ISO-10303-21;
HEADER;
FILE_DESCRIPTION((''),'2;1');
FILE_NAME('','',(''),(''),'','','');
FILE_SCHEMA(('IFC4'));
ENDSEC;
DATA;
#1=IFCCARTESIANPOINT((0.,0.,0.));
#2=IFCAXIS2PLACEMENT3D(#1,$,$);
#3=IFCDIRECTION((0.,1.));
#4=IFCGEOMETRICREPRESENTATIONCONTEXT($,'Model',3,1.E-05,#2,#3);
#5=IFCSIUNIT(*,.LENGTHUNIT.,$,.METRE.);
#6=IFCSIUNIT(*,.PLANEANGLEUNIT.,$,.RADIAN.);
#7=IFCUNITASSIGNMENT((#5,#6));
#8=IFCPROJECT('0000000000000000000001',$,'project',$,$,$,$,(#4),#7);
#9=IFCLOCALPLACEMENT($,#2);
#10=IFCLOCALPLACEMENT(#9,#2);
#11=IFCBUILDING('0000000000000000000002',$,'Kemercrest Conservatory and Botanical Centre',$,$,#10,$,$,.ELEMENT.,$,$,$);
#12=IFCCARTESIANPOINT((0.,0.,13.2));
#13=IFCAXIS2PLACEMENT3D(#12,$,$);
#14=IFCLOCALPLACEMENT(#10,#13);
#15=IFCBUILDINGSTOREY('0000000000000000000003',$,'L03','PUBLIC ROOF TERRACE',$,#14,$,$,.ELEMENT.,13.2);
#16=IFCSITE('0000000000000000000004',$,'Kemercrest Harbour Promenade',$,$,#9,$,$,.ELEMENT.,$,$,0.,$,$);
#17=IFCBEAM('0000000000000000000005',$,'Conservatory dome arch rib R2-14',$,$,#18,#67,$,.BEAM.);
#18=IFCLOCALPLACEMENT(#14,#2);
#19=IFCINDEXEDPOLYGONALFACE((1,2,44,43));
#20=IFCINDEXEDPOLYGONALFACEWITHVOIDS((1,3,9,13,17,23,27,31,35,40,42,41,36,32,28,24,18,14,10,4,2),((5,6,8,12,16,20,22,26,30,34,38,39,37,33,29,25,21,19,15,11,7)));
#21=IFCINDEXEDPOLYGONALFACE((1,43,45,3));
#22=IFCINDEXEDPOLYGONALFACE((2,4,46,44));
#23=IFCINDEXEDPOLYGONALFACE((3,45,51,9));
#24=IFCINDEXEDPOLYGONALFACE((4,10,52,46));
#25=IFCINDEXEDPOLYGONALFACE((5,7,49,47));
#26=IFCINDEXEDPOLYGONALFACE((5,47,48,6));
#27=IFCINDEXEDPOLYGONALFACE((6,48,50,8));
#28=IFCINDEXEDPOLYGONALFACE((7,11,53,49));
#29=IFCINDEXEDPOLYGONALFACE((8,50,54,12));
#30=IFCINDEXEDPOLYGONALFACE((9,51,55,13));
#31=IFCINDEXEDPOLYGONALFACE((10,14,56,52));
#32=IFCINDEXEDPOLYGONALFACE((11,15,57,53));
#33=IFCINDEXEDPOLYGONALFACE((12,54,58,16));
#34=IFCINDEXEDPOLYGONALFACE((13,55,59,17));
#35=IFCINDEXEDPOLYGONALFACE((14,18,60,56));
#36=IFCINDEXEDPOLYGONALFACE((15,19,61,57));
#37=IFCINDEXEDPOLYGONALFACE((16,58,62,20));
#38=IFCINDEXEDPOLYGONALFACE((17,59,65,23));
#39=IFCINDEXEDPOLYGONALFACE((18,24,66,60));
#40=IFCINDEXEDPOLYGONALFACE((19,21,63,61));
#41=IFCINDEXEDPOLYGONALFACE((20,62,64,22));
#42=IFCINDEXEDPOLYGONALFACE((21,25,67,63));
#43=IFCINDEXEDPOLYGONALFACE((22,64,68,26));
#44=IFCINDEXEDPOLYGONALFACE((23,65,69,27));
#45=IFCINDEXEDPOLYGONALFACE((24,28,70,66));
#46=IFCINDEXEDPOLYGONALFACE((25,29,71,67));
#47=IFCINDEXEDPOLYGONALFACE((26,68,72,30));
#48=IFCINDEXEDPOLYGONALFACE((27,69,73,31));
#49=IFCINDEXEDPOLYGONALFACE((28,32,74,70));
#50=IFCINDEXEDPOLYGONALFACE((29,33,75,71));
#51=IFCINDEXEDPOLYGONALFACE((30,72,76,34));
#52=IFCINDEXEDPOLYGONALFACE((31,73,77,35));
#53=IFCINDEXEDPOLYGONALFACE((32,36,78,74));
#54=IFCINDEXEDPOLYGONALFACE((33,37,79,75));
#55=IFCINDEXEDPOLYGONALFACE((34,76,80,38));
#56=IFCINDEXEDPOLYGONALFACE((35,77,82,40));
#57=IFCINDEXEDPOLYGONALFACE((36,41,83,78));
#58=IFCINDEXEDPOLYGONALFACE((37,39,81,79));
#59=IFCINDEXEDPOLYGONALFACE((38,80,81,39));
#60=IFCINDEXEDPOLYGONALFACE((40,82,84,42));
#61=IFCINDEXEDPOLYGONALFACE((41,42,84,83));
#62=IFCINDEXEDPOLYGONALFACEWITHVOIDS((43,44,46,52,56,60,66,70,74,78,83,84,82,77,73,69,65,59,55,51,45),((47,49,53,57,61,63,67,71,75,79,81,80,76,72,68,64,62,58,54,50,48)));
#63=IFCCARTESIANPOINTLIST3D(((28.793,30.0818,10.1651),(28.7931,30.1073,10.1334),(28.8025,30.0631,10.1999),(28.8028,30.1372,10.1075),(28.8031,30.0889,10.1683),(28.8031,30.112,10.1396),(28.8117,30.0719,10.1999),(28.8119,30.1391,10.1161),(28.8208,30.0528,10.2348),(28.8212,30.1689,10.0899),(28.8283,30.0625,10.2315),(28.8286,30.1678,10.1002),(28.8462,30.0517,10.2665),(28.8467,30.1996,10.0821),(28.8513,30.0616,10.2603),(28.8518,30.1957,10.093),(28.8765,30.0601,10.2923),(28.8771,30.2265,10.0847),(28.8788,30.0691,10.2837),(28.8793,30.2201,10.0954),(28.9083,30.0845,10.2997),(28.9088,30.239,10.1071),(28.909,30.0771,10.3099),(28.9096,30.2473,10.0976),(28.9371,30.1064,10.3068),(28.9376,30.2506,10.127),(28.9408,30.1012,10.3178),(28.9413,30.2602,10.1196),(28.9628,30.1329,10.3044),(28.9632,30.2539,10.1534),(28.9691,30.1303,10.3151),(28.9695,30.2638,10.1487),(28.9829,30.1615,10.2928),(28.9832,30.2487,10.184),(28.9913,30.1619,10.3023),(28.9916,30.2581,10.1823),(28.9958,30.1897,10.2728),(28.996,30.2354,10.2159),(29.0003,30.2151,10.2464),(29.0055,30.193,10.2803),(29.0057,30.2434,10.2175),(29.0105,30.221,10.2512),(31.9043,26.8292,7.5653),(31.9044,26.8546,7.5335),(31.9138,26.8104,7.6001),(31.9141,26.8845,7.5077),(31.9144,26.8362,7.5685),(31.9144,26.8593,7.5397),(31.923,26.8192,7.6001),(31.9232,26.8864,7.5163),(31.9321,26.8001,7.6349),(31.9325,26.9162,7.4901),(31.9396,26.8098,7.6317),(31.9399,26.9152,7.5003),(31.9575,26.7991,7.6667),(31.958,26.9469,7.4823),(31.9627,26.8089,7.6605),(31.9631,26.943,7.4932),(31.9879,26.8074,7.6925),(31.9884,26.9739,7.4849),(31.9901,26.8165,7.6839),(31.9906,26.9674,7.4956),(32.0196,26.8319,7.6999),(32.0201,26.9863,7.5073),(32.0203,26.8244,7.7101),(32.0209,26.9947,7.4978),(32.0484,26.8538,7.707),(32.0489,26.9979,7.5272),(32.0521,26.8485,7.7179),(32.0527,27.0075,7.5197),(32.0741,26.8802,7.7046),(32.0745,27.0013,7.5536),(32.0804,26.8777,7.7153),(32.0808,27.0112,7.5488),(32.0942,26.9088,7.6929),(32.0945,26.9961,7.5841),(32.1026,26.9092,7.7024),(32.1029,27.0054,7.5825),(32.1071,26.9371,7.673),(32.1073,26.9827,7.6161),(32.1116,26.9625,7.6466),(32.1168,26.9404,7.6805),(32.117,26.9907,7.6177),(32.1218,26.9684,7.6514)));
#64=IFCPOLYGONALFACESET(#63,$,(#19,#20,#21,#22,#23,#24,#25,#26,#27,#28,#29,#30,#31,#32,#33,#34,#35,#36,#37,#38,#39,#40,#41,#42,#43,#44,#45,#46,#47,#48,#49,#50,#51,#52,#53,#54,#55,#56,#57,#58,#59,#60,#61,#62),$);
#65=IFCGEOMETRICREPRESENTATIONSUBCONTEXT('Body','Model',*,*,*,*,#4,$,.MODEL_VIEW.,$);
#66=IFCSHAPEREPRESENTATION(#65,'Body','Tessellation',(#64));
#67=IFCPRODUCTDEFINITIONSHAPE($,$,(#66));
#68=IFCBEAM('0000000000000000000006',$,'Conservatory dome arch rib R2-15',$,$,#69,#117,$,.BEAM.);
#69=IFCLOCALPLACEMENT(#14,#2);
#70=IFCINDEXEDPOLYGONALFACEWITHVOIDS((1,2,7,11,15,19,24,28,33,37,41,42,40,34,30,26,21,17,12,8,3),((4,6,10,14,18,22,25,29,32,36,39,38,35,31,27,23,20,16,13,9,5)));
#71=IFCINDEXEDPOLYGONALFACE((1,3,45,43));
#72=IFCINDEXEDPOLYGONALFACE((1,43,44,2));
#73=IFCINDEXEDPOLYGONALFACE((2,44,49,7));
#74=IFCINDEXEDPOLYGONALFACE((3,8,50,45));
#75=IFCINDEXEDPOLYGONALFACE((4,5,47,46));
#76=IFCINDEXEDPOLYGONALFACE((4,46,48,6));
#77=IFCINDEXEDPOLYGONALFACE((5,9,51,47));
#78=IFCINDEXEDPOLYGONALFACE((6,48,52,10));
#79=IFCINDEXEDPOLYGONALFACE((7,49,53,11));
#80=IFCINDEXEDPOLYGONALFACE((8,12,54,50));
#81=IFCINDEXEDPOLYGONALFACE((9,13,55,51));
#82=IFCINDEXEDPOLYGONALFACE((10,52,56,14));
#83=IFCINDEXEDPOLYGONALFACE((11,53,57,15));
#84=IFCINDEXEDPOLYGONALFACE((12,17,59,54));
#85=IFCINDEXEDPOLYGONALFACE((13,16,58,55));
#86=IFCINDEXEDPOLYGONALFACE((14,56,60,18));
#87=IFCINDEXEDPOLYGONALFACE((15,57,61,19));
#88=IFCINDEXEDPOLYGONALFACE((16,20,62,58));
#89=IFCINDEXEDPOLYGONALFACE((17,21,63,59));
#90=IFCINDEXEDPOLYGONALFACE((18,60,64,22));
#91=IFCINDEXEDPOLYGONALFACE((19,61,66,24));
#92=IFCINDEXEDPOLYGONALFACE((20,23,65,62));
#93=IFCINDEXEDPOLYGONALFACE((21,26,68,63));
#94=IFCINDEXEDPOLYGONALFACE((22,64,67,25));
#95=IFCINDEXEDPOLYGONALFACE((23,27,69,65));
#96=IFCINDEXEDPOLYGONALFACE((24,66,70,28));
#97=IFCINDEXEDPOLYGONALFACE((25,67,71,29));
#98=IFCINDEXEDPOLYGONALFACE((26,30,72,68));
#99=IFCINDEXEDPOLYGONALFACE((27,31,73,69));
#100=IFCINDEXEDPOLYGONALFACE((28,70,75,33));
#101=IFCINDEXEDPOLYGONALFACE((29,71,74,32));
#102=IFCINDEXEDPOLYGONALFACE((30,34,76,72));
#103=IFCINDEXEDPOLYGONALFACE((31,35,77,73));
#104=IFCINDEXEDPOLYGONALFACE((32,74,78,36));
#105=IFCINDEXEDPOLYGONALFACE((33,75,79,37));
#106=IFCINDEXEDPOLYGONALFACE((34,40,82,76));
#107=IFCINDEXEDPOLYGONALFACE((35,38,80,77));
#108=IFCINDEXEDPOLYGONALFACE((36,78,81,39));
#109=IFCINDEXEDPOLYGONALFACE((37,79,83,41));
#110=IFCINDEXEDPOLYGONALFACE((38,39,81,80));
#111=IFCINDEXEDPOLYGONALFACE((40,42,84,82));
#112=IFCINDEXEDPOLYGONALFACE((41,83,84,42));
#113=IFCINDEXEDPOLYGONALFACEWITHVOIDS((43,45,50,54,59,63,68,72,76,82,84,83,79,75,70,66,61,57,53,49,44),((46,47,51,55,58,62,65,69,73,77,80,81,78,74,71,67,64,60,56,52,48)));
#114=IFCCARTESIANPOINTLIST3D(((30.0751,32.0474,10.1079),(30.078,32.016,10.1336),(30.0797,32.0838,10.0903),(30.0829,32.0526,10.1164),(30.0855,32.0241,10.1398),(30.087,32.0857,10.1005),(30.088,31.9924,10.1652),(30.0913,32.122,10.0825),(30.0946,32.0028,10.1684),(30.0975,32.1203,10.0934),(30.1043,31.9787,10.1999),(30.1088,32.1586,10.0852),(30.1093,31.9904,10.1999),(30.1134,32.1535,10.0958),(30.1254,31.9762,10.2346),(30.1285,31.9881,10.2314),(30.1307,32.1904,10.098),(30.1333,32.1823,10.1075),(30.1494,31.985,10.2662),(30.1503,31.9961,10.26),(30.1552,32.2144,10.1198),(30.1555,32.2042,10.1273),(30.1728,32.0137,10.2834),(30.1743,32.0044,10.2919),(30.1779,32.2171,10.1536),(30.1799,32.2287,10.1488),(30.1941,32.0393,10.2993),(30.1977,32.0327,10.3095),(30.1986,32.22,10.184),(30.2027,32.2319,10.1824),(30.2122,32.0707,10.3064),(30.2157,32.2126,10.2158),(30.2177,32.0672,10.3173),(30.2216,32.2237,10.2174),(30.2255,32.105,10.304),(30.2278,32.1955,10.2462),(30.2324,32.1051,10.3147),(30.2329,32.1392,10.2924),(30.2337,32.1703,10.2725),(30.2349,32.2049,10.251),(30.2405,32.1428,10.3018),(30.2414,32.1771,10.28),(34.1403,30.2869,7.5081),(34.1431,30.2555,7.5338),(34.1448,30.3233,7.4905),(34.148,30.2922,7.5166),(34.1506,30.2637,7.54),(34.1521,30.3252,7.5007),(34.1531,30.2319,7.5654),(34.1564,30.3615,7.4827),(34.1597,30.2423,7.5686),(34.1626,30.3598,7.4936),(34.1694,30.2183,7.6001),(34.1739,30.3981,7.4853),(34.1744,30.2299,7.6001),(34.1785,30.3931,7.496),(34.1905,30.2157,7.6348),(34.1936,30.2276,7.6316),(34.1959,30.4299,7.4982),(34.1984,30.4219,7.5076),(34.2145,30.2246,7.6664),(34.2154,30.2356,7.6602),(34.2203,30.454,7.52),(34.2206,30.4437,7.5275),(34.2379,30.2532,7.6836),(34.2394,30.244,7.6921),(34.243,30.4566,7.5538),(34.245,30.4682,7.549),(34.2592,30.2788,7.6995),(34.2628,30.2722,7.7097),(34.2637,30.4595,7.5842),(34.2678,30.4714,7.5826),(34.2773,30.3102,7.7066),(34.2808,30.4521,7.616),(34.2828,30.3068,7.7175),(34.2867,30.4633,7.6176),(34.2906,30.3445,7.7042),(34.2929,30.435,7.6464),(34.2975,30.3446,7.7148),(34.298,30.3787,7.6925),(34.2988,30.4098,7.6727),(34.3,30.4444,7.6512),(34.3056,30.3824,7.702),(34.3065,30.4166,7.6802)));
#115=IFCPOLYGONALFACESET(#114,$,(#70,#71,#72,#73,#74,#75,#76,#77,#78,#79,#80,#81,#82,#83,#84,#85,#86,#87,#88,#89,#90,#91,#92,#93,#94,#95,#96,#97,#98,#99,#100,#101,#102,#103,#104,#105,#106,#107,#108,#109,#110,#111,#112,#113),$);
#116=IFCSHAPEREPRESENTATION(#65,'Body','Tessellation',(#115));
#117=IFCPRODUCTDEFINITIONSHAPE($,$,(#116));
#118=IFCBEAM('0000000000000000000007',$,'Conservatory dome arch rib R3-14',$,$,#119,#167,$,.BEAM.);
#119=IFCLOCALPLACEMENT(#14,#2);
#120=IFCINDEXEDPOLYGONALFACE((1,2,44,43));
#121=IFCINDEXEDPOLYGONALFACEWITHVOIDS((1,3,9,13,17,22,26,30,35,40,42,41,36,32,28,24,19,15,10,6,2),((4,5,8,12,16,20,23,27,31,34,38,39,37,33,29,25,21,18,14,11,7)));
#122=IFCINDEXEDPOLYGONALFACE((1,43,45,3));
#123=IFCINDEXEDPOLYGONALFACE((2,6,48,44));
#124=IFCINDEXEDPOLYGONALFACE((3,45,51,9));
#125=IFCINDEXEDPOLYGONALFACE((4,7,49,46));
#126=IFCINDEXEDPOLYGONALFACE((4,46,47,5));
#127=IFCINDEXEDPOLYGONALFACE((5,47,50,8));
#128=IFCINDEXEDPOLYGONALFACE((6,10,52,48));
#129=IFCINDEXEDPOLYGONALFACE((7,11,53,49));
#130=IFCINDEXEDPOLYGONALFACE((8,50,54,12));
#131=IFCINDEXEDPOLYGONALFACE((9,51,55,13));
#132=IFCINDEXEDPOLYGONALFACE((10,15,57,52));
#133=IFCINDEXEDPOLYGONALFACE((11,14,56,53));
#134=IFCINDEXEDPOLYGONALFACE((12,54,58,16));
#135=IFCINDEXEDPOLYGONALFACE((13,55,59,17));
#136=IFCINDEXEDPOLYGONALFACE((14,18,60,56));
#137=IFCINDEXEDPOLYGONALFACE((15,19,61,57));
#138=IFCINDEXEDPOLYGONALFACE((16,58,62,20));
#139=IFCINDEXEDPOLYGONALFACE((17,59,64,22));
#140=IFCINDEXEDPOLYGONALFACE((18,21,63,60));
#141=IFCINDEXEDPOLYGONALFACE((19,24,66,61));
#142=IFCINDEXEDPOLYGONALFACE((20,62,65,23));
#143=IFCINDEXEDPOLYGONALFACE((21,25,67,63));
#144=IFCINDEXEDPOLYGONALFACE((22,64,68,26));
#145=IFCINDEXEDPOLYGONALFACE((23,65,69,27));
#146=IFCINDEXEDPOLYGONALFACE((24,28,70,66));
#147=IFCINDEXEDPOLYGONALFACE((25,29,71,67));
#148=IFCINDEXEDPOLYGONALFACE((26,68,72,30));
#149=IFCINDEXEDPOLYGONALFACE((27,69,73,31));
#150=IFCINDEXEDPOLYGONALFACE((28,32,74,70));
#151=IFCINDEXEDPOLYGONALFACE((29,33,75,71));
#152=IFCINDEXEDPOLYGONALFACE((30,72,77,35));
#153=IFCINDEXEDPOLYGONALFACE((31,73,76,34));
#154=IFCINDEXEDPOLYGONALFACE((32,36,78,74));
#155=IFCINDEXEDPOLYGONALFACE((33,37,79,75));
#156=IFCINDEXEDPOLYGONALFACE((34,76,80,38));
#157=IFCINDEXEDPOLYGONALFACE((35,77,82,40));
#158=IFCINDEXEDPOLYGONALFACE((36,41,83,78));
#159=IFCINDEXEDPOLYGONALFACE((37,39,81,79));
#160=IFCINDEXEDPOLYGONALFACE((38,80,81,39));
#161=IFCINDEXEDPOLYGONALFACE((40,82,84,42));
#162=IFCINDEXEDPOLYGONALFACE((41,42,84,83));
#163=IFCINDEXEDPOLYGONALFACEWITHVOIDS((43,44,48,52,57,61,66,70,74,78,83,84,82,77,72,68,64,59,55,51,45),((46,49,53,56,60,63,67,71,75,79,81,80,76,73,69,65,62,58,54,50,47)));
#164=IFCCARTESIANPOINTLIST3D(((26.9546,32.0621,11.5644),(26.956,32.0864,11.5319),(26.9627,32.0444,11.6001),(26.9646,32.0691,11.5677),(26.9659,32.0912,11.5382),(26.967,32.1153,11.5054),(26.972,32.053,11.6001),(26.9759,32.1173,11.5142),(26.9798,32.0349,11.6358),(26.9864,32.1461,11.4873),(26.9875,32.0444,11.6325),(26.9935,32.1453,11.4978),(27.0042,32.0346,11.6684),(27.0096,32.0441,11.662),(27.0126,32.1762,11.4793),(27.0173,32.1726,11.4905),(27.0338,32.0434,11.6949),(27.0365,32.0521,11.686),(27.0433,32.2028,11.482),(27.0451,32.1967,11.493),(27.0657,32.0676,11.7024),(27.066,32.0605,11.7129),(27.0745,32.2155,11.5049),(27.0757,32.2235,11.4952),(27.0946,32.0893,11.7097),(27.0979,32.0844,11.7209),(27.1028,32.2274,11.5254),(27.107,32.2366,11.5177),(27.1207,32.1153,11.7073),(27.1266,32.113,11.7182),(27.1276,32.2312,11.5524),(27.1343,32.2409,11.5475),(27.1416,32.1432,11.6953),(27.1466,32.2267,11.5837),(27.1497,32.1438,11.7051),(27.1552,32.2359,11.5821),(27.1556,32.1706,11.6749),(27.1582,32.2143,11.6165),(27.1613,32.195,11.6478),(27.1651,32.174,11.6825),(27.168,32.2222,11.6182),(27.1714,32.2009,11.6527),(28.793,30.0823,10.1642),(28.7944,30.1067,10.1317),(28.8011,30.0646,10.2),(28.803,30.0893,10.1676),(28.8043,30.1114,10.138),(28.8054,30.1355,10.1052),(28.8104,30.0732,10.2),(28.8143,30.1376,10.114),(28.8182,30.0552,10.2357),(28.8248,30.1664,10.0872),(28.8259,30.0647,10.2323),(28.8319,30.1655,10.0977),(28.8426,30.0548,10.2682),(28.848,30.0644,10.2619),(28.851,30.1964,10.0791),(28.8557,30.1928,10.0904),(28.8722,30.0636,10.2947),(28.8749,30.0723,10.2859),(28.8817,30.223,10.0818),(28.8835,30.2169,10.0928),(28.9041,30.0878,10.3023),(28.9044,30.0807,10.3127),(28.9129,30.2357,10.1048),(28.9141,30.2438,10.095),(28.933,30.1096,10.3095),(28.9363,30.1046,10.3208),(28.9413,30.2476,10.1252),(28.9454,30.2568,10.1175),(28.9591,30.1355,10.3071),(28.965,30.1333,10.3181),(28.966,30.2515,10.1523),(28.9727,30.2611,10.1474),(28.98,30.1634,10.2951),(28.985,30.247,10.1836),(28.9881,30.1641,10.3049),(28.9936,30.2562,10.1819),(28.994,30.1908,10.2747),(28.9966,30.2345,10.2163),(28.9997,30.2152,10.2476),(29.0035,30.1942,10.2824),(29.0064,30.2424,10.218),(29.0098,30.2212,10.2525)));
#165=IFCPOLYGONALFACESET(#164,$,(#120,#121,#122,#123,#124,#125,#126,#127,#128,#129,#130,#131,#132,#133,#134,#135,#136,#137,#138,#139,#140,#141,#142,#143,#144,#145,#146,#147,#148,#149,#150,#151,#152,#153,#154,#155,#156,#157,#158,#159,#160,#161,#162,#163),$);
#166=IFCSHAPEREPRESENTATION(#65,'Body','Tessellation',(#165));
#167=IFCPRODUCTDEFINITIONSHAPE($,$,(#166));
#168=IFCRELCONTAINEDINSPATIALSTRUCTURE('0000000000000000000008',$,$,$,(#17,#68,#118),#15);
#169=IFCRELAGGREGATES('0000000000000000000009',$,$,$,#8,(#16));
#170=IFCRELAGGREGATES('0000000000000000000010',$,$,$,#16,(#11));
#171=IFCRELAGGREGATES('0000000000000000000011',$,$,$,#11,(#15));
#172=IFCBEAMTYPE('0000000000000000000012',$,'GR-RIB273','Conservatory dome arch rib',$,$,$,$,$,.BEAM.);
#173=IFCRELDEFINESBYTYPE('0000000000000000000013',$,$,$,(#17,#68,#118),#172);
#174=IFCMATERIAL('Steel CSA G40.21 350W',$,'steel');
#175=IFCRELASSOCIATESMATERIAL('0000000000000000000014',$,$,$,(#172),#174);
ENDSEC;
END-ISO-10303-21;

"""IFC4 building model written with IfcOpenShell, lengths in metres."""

from ifc_helpers import new_model, si_unit, direction, frame, origin, origin_2d, place, context, subcontext, project, spatial, hollow_circle, extrude, material, material_profile, profile_set, type_object, element, save


model = new_model("IFC4")

# Units and contexts
model_context = context("Model", 3, precision=1e-05, world=origin(), true_north=direction((0.0, 1.0)))
body_context = subcontext(model_context, "Body", "Model", "MODEL_VIEW")
ifc_project = project(units=[si_unit("LENGTHUNIT", "METRE"), si_unit("PLANEANGLEUNIT", "RADIAN")], contexts=[model_context])

# Site, building, storey
site_placement = place(None, origin())
site = spatial("IfcSite", under=ifc_project, at=site_placement, Name="Kemercrest Harbour Promenade", CompositionType="ELEMENT", RefElevation=0.0)
building_placement = place(site_placement, origin())
building = spatial("IfcBuilding", under=site, at=building_placement, Name="Kemercrest Conservatory and Botanical Centre", CompositionType="ELEMENT")
storey_placement = place(building_placement, frame((0.0, 0.0, 13.2)))
storey = spatial("IfcBuildingStorey", under=building, at=storey_placement, Name="L03", Description="PUBLIC ROOF TERRACE", CompositionType="ELEMENT", Elevation=13.2)

# Beams
ifc_material_1 = material(Name="Steel CSA G40.21 350W", Category="steel")
ifc_material_profile_1 = material_profile(ifc_material_1, hollow_circle(Radius=0.1365, WallThickness=0.0127, at=origin_2d()), Name="CHS 273.1x12.7")
ifc_profile_set_1 = profile_set([ifc_material_profile_1], Name="Steel CSA G40.21 350W")
beam_type_1 = type_object("IfcBeamType", Name="GR-RIB273", Description="Conservatory dome arch rib", PredefinedType="BEAM", material=ifc_profile_set_1)
beam_1_placement = place(storey_placement, frame((32.0125, 26.9048, 7.6001), z_axis=(-0.598559, 0.625753, 0.500161), x_axis=(-0.722635, -0.69123, 0.0)))
element("IfcBeam", 1, at=beam_1_placement, inside=storey, type_object=beam_type_1, Name="Conservatory dome arch rib R2-14", PredefinedType="BEAM", context=body_context, shape_type="SweptSolid", body=[
    extrude(hollow_circle(Radius=0.1365, WallThickness=0.0127, at=origin_2d()), origin(), (0.0, 0.0, 1.0), 5.198),
])
beam_2_placement = place(storey_placement, frame((34.2236, 30.3435, 7.6001), z_axis=(-0.791421, 0.342738, 0.506146), x_axis=(-0.397402, -0.917645, 0.0)))
element("IfcBeam", 2, at=beam_2_placement, inside=storey, type_object=beam_type_1, Name="Conservatory dome arch rib R2-15", PredefinedType="BEAM", context=body_context, shape_type="SweptSolid", body=[
    extrude(hollow_circle(Radius=0.1365, WallThickness=0.0127, at=origin_2d()), origin(), (0.0, 0.0, 1.0), 5.1365),
])
beam_3_placement = place(storey_placement, frame((28.9011, 30.1575, 10.2), z_axis=(-0.604148, 0.650603, 0.460132), x_axis=(-0.732784, -0.680461, 0.0)))
element("IfcBeam", 3, at=beam_3_placement, inside=storey, type_object=beam_type_1, Name="Conservatory dome arch rib R3-14", PredefinedType="BEAM", context=body_context, shape_type="SweptSolid", body=[
    extrude(hollow_circle(Radius=0.1365, WallThickness=0.0127, at=origin_2d()), origin(), (0.0, 0.0, 1.0), 3.043),
])

save(model, "model.ifc")
